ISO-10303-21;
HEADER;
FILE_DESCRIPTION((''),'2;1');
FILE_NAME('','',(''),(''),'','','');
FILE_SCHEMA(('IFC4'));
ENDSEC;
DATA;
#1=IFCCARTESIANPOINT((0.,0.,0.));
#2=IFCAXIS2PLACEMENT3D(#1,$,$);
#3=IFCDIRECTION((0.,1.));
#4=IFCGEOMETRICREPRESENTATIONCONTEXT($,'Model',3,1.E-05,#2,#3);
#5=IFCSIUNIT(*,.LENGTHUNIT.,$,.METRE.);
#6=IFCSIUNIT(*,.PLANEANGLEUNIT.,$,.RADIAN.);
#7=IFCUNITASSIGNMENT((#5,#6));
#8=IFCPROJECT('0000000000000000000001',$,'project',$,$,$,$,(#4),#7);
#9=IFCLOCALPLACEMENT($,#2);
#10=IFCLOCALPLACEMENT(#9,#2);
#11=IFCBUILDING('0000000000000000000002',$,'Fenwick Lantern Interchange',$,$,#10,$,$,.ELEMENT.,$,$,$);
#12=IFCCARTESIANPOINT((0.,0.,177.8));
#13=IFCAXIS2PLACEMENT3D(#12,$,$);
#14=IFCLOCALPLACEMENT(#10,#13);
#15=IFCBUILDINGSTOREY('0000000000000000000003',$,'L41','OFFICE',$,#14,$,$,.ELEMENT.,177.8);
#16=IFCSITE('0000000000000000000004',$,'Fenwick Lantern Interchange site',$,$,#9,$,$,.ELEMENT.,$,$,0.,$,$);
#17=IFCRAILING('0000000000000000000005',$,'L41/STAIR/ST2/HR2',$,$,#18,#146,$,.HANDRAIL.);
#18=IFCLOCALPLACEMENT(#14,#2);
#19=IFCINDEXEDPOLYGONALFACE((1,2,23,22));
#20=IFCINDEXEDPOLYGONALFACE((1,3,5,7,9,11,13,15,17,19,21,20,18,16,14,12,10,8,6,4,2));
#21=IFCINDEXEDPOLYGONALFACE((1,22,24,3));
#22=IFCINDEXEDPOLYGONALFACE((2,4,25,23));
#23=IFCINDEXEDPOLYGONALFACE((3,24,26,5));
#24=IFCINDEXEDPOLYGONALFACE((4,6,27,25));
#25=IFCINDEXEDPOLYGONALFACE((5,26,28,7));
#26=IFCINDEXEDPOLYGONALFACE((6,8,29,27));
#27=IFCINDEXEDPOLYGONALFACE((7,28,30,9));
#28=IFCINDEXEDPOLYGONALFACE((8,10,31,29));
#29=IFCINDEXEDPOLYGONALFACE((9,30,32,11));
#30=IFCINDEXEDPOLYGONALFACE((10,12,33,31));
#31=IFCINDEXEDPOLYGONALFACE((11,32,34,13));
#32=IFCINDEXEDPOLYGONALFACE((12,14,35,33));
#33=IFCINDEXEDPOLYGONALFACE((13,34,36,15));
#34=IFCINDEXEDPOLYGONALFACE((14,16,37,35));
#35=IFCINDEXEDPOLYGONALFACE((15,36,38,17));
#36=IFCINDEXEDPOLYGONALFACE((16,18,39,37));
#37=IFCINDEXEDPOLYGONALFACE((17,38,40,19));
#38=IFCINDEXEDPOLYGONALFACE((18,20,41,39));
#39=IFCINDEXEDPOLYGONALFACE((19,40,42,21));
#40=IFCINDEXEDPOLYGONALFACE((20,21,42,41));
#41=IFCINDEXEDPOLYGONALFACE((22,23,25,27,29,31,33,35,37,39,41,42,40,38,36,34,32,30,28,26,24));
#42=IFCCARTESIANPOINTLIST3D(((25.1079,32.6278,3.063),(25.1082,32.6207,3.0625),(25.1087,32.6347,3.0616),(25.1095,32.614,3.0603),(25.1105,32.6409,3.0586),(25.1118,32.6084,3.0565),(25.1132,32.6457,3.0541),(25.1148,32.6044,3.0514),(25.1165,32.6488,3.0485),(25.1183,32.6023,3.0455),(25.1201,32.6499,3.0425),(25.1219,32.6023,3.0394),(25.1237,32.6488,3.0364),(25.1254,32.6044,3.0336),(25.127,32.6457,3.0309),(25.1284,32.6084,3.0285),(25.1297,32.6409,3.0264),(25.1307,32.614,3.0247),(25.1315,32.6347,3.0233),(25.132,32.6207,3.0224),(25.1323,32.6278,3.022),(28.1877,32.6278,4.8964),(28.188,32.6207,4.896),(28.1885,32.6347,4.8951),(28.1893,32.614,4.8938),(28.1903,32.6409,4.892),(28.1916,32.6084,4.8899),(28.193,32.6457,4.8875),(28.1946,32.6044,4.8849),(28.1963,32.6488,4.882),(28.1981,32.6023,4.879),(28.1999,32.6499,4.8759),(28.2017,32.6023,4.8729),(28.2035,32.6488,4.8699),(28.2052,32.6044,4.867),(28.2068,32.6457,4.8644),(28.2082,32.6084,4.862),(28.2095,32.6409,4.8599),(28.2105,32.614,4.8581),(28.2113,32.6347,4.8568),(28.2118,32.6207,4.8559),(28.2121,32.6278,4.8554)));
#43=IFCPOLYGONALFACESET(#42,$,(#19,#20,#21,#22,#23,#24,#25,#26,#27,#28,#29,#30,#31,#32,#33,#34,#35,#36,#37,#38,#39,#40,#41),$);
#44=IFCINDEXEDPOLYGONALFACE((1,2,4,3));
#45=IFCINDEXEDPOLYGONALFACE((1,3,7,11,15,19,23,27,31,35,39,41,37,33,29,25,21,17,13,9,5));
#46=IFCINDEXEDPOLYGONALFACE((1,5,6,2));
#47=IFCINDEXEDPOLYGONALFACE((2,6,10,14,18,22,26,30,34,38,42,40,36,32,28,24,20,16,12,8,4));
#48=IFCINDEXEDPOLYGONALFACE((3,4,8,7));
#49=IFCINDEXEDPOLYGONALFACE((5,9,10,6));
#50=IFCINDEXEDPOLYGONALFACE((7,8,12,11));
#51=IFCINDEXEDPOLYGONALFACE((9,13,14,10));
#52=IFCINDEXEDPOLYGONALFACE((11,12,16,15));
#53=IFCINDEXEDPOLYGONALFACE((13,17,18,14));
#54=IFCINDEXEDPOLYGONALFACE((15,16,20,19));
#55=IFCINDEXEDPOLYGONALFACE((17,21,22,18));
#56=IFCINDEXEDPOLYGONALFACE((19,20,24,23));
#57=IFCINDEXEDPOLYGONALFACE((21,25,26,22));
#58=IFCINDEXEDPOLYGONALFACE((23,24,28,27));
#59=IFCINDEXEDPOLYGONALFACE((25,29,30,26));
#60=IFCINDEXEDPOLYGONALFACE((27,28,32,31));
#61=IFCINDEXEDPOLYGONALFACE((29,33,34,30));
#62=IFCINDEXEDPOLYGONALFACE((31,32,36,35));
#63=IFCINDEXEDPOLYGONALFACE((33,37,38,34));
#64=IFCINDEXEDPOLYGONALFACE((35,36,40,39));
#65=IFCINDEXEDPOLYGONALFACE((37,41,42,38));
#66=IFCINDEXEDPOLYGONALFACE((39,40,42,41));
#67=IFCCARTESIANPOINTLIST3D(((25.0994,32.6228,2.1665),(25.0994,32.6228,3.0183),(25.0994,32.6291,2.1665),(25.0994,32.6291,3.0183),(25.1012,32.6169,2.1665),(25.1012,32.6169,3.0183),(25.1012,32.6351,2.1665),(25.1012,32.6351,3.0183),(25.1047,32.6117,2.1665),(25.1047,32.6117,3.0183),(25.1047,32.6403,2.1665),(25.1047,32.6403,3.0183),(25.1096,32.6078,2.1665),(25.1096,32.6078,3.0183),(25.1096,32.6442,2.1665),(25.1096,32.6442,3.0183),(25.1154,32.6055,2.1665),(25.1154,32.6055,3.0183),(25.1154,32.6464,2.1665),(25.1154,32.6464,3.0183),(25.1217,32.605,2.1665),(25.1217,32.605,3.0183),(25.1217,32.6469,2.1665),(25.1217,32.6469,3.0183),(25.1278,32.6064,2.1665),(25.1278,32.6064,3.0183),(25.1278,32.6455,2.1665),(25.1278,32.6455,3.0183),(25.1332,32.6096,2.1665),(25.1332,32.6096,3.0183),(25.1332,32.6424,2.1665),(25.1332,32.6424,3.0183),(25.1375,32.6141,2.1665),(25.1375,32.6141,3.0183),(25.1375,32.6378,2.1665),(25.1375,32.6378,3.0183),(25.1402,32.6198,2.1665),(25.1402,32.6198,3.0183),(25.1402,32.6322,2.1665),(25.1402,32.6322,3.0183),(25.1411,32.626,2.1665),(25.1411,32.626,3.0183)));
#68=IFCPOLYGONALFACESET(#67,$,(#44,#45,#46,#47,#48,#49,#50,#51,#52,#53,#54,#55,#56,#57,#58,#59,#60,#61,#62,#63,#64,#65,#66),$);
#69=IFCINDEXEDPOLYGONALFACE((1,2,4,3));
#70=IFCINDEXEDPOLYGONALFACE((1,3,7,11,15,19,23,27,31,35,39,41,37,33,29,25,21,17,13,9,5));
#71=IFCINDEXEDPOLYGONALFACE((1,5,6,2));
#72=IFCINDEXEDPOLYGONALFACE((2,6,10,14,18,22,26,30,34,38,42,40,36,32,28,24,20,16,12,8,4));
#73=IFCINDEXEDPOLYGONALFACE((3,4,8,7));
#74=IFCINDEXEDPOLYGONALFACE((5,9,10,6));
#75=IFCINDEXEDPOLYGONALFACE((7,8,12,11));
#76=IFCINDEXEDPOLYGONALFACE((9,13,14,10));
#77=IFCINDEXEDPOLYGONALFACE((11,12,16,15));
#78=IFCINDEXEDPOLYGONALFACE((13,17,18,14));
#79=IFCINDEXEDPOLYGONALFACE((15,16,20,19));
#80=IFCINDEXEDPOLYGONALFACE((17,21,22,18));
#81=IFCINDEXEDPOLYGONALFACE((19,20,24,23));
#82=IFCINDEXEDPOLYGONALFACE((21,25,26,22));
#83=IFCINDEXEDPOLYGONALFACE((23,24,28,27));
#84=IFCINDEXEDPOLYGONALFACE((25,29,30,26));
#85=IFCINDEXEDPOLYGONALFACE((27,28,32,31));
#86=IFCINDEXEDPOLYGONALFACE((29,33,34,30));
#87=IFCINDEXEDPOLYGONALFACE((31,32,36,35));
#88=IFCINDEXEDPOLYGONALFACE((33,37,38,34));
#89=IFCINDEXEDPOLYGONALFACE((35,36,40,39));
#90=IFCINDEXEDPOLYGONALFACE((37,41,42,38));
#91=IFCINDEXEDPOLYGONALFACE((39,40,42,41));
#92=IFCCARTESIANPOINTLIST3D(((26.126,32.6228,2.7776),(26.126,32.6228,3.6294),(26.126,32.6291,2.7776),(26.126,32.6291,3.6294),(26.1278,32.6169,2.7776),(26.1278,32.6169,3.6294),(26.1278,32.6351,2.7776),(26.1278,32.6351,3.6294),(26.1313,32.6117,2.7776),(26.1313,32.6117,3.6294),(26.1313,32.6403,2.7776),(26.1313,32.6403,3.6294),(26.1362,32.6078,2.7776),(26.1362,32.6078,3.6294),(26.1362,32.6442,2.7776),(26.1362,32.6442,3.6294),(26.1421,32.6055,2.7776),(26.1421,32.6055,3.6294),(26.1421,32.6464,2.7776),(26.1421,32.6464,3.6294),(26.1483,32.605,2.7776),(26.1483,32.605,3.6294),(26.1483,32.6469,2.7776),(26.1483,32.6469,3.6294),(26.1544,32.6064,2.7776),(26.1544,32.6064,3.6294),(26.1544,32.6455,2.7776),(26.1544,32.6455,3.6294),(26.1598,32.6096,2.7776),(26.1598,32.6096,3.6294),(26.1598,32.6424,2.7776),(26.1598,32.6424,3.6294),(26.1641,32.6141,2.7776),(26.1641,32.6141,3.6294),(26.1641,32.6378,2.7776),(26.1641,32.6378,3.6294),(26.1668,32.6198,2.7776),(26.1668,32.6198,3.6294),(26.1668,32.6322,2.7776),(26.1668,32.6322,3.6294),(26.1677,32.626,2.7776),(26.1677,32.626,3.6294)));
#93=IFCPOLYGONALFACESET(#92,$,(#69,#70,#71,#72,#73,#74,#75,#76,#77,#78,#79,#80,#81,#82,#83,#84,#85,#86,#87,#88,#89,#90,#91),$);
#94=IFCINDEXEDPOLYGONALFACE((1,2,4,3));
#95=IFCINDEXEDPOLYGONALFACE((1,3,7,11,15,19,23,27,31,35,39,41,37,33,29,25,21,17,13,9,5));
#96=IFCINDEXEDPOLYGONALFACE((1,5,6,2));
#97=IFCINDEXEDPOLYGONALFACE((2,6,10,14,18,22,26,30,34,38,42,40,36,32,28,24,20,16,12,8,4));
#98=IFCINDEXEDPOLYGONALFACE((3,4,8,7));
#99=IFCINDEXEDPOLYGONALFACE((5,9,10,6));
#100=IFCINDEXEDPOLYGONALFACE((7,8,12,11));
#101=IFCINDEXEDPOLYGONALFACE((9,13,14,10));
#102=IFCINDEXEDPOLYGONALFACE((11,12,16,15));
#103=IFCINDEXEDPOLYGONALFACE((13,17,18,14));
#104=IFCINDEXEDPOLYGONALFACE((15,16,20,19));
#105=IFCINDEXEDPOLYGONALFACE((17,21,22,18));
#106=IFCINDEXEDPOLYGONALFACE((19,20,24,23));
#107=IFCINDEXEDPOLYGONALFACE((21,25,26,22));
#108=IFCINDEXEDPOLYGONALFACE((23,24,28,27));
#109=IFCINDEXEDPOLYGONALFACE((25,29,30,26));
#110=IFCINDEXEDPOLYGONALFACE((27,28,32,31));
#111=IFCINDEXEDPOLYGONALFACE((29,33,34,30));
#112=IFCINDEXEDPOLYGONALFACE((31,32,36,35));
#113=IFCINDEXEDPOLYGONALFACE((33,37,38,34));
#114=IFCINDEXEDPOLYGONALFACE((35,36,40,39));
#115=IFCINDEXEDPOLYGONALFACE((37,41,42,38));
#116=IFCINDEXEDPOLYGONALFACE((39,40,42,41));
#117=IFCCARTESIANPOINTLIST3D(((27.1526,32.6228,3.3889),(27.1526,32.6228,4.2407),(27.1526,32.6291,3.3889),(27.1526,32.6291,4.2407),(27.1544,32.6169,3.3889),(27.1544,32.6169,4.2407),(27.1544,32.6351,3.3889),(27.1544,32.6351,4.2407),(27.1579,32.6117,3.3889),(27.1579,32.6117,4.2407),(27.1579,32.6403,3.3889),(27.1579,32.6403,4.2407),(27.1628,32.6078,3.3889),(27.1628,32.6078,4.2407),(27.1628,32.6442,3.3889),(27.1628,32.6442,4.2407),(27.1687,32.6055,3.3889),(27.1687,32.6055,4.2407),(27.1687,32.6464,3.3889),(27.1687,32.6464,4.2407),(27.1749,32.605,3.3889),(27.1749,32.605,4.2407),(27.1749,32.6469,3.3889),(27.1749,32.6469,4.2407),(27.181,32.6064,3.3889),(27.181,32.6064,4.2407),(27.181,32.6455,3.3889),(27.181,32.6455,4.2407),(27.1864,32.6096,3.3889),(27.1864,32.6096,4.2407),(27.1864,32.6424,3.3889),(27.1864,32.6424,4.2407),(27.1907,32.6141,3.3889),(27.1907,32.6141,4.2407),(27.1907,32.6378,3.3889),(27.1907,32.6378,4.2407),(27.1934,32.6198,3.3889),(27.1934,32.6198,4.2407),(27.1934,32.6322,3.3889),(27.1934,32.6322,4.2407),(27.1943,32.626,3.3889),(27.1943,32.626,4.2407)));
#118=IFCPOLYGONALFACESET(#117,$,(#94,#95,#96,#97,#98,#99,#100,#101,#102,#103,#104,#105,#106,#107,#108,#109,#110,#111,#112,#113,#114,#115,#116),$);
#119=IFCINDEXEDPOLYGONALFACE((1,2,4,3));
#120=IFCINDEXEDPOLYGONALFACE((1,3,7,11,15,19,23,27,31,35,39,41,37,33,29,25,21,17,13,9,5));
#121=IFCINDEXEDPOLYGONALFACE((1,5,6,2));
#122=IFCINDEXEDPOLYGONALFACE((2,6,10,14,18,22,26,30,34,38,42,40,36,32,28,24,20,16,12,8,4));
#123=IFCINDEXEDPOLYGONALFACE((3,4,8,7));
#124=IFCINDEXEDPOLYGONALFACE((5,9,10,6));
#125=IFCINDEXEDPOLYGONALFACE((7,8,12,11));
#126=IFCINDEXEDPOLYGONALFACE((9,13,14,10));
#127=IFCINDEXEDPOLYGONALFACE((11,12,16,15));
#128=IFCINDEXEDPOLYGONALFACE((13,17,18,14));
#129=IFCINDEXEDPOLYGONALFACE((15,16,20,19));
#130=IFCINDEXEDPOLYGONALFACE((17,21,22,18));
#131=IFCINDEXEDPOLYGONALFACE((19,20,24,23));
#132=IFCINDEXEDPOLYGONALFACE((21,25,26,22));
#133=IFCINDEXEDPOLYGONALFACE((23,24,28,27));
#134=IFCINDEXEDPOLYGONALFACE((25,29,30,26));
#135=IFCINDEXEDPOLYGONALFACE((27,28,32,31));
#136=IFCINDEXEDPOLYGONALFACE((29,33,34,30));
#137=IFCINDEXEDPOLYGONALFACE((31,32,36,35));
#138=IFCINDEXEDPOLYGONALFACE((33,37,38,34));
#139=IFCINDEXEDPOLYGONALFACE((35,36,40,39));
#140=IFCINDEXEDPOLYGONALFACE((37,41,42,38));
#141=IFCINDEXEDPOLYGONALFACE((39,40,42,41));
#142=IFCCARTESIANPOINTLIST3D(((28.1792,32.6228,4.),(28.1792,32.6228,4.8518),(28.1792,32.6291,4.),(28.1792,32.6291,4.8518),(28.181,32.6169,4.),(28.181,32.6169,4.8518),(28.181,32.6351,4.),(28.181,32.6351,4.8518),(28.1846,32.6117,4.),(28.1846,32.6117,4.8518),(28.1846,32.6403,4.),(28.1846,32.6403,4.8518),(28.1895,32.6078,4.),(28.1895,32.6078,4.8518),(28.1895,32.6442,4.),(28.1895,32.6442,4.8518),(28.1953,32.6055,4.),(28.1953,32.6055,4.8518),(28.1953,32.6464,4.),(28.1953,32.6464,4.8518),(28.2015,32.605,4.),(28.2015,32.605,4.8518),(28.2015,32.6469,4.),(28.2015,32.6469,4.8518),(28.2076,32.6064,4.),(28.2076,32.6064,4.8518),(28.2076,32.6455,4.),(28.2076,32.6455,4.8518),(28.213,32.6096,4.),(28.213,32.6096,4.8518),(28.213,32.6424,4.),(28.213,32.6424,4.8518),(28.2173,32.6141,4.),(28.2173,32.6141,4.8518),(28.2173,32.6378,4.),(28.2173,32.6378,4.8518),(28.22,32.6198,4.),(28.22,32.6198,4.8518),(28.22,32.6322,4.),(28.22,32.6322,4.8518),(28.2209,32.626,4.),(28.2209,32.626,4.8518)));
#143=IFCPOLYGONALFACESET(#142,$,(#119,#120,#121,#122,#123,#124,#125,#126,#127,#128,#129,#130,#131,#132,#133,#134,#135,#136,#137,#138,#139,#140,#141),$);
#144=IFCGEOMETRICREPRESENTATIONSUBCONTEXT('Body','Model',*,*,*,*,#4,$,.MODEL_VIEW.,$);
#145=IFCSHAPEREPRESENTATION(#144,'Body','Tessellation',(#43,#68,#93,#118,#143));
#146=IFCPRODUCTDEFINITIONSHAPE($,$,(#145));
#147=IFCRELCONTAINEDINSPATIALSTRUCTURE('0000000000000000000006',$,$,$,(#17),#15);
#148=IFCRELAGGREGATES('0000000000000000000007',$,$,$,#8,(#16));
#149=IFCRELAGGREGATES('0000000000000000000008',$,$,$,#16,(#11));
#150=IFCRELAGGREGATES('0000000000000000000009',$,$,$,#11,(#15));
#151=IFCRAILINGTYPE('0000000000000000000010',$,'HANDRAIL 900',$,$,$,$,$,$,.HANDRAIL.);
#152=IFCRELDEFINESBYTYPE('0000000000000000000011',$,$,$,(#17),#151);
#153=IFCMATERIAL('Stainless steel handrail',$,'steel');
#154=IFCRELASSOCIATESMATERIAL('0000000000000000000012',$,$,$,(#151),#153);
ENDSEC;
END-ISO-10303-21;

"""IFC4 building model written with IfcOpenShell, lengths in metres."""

from ifc_helpers import new_model, si_unit, direction, frame, origin, origin_2d, place, context, subcontext, project, spatial, circle, extrude, material, type_object, element, save


model = new_model("IFC4")

# Units and contexts
model_context = context("Model", 3, precision=1e-05, world=origin(), true_north=direction((0.0, 1.0)))
body_context = subcontext(model_context, "Body", "Model", "MODEL_VIEW")
ifc_project = project(units=[si_unit("LENGTHUNIT", "METRE"), si_unit("PLANEANGLEUNIT", "RADIAN")], contexts=[model_context])

# Site, building, storey
site_placement = place(None, origin())
site = spatial("IfcSite", under=ifc_project, at=site_placement, Name="Fenwick Lantern Interchange site", CompositionType="ELEMENT", RefElevation=0.0)
building_placement = place(site_placement, origin())
building = spatial("IfcBuilding", under=site, at=building_placement, Name="Fenwick Lantern Interchange", CompositionType="ELEMENT")
storey_placement = place(building_placement, frame((0.0, 0.0, 177.8)))
storey = spatial("IfcBuildingStorey", under=building, at=storey_placement, Name="L41", Description="OFFICE", CompositionType="ELEMENT", Elevation=177.8)

# Railing
ifc_material_1 = material(Name="Stainless steel handrail", Category="steel")
railing_type = type_object("IfcRailingType", Name="HANDRAIL 900", PredefinedType="HANDRAIL", material=ifc_material_1)
railing_1_placement = place(storey_placement, frame((25.1201, 32.626, 2.1665)))
element("IfcRailing", 1, at=railing_1_placement, inside=storey, type_object=railing_type, Name="L41/STAIR/ST2/HR2", PredefinedType="HANDRAIL", context=body_context, shape_type="SweptSolid", body=[
    extrude(circle(Radius=0.0239, at=origin_2d()), frame((0.0, 0.0, 0.876), z_axis=(0.859261, 0.0, 0.511538), x_axis=(0.0, 1.0, 0.0)), (0.0, 0.0, 1.0), 3.5842),
    extrude(circle(Radius=0.021, at=origin_2d()), origin(), (0.0, 0.0, 1.0), 0.8518),
    extrude(circle(Radius=0.021, at=origin_2d()), frame((1.0266, 0.0, 0.6111)), (0.0, 0.0, 1.0), 0.8518),
    extrude(circle(Radius=0.021, at=origin_2d()), frame((2.0532, 0.0, 1.2224)), (0.0, 0.0, 1.0), 0.8518),
    extrude(circle(Radius=0.021, at=origin_2d()), frame((3.0798, 0.0, 1.8335)), (0.0, 0.0, 1.0), 0.8518),
])

save(model, "model.ifc")
